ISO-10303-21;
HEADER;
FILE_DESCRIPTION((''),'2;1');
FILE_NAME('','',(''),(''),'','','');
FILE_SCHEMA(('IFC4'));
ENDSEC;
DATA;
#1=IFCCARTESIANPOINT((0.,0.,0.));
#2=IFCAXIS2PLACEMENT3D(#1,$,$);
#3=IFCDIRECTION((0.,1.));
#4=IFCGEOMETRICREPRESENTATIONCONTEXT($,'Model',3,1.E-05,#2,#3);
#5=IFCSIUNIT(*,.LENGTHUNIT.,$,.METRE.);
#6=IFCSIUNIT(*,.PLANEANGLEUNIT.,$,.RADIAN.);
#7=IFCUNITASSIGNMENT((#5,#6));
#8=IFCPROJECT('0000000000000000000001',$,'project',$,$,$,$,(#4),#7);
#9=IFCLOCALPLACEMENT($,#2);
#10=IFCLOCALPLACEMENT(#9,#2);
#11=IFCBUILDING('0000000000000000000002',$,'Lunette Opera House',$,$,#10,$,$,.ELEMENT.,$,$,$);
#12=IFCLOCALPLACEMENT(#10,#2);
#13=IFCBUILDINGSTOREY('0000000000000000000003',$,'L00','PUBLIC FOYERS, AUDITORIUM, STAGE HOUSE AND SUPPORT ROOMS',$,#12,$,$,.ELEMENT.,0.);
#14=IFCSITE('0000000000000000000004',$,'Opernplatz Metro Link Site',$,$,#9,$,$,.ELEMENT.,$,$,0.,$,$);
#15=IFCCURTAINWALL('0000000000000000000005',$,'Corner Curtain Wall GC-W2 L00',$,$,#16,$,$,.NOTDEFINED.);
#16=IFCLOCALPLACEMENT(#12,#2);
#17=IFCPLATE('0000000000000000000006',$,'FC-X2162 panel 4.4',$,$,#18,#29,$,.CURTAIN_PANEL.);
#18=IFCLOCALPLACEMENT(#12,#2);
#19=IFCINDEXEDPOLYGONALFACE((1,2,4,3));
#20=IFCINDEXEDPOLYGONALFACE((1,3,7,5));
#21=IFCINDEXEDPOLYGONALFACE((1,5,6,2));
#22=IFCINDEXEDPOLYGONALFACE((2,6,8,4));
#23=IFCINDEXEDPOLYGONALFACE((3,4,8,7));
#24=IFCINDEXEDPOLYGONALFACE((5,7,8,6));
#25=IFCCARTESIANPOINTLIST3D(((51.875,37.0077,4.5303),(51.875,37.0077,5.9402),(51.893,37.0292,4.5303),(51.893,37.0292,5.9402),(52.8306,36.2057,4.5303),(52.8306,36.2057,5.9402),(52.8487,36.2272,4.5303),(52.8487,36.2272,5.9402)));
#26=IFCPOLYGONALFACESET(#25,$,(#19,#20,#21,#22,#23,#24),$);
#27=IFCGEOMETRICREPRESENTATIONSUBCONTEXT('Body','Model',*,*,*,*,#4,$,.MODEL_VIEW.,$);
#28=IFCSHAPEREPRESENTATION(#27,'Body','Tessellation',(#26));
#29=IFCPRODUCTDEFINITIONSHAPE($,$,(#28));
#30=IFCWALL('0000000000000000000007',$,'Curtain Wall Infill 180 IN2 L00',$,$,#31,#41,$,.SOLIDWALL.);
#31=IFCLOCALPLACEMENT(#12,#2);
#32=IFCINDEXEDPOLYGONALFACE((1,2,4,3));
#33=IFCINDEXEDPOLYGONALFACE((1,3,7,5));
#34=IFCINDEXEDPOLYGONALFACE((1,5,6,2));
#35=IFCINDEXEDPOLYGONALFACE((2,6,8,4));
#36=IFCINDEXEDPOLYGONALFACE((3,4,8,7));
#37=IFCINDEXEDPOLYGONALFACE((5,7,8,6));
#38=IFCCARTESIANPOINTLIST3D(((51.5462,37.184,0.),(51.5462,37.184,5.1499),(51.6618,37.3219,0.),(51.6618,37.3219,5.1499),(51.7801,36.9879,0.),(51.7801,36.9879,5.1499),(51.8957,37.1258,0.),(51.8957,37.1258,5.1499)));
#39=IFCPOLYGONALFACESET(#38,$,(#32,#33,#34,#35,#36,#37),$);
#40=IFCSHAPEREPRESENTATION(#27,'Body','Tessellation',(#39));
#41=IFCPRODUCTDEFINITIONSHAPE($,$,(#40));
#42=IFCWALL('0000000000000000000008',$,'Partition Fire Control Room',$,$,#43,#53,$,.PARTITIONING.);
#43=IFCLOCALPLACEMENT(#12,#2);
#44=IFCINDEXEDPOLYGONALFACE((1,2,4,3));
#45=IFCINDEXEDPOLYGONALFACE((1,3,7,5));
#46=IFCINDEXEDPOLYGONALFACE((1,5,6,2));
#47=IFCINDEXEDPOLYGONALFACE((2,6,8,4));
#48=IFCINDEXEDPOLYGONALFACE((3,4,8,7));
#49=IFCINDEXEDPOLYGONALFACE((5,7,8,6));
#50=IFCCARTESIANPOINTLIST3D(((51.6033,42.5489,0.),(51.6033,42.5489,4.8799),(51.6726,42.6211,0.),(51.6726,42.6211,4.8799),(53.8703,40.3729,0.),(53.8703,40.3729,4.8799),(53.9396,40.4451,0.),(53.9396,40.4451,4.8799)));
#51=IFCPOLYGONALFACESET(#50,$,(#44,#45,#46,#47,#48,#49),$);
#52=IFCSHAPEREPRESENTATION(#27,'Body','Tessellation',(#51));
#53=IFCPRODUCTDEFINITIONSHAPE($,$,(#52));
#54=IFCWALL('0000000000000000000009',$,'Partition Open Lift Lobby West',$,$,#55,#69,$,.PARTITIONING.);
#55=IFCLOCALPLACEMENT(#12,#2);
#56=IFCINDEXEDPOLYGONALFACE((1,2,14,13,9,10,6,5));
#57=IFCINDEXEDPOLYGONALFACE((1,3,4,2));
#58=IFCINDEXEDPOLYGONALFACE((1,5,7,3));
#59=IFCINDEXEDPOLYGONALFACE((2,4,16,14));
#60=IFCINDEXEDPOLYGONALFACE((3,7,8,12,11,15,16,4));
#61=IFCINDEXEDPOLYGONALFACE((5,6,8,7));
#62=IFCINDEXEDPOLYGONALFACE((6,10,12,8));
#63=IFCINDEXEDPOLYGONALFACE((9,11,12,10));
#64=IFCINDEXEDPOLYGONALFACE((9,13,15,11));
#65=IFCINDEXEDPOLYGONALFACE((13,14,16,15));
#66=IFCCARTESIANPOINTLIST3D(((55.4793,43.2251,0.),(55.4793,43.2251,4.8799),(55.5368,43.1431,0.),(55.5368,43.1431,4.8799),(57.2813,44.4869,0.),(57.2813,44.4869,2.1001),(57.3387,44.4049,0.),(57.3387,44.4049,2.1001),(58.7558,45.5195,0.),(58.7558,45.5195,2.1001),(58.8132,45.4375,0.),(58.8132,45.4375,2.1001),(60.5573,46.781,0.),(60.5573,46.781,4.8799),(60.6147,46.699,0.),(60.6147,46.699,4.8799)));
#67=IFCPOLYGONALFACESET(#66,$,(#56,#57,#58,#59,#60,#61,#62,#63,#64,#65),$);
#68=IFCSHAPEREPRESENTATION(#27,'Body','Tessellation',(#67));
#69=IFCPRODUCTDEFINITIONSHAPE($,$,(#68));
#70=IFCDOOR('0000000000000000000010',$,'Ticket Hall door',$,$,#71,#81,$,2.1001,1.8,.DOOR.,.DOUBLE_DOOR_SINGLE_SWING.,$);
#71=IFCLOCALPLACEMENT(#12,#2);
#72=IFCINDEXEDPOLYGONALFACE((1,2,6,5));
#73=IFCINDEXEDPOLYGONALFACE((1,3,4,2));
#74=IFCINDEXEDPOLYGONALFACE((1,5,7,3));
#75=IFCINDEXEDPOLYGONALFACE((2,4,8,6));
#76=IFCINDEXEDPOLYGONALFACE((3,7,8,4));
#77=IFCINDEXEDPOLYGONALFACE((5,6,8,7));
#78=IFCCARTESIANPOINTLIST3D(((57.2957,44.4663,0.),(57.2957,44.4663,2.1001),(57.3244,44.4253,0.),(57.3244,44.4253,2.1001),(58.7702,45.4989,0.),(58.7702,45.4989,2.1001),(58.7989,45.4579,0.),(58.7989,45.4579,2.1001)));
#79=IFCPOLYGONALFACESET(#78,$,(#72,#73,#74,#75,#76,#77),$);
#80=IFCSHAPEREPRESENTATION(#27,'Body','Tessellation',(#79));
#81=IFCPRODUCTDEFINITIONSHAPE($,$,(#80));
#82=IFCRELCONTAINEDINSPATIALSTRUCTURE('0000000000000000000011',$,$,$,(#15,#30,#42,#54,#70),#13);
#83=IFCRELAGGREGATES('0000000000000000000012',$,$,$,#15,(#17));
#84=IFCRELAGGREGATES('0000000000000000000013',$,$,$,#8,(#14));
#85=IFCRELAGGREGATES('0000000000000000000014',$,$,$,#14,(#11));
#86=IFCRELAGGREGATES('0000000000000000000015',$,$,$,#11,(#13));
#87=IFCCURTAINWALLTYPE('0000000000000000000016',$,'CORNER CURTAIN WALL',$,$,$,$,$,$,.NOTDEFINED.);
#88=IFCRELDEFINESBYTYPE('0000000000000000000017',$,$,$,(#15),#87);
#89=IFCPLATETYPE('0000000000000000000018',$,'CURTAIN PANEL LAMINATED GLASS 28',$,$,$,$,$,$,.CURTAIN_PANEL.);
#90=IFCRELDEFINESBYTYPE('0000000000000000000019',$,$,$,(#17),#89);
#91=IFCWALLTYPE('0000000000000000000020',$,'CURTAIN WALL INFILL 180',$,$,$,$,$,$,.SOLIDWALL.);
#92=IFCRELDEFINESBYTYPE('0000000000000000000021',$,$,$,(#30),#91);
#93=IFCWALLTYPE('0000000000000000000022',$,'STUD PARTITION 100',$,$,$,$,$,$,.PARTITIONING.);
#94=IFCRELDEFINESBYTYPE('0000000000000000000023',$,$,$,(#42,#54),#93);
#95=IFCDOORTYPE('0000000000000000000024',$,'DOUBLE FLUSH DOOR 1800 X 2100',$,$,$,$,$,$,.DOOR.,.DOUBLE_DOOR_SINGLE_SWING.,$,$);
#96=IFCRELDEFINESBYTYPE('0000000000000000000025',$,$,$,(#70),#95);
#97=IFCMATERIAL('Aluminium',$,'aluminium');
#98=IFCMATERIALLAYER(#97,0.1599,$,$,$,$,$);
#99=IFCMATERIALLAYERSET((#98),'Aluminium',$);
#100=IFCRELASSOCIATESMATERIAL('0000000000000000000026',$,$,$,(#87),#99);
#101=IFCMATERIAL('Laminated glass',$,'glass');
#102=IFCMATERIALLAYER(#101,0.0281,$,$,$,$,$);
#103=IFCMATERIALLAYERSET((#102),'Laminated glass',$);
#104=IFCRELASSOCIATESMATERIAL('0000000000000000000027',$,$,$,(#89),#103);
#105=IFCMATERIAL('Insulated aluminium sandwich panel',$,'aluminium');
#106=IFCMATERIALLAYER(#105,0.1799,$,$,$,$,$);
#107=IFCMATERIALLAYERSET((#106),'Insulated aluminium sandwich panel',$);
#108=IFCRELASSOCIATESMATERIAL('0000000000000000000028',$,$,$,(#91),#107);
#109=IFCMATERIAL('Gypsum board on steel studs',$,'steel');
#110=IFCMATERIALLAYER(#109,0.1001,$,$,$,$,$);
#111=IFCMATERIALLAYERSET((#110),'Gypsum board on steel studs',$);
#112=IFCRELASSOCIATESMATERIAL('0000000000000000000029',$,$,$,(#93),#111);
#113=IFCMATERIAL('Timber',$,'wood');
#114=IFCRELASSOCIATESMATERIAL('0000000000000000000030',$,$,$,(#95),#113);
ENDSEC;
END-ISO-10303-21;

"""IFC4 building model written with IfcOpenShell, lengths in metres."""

from ifc_helpers import new_model, si_unit, direction, frame, frame_2d, origin, origin_2d, place, context, subcontext, project, spatial, rectangle, extrude, material, layer, layer_set, type_object, element, fill, aggregate, save


model = new_model("IFC4")

# Units and contexts
model_context = context("Model", 3, precision=1e-05, world=origin(), true_north=direction((0.0, 1.0)))
body_context = subcontext(model_context, "Body", "Model", "MODEL_VIEW")
ifc_project = project(units=[si_unit("LENGTHUNIT", "METRE"), si_unit("PLANEANGLEUNIT", "RADIAN")], contexts=[model_context])

# Site, building, storey
site_placement = place(None, origin())
site = spatial("IfcSite", under=ifc_project, at=site_placement, Name="Opernplatz Metro Link Site", CompositionType="ELEMENT", RefElevation=0.0)
building_placement = place(site_placement, origin())
building = spatial("IfcBuilding", under=site, at=building_placement, Name="Lunette Opera House", CompositionType="ELEMENT")
storey_placement = place(building_placement, origin())
storey = spatial("IfcBuildingStorey", under=building, at=storey_placement, Name="L00", Description="PUBLIC FOYERS, AUDITORIUM, STAGE HOUSE AND SUPPORT ROOMS", CompositionType="ELEMENT", Elevation=0.0)

# Curtain wall
ifc_material_1 = material(Name="Aluminium", Category="aluminium")
ifc_layer_1 = layer(ifc_material_1, 0.1599)
ifc_layer_set_1 = layer_set([ifc_layer_1], Name="Aluminium")
curtain_wall_type = type_object("IfcCurtainWallType", Name="CORNER CURTAIN WALL", PredefinedType="NOTDEFINED", material=ifc_layer_set_1)
curtain_wall_placement = place(storey_placement, origin())
curtain_wall = element("IfcCurtainWall", 1, at=curtain_wall_placement, inside=storey, type_object=curtain_wall_type, Name="Corner Curtain Wall GC-W2 L00", PredefinedType="NOTDEFINED")

# Plate
ifc_material_2 = material(Name="Laminated glass", Category="glass")
ifc_layer_2 = layer(ifc_material_2, 0.0281)
ifc_layer_set_2 = layer_set([ifc_layer_2], Name="Laminated glass")
plate_type = type_object("IfcPlateType", Name="CURTAIN PANEL LAMINATED GLASS 28", PredefinedType="CURTAIN_PANEL", material=ifc_layer_set_2)
plate_1_placement = place(storey_placement, frame((52.3618, 36.6174, 4.5303), z_axis=(0.0, 0.0, 1.0), x_axis=(-0.76601, 0.642828, 0.0)))
plate_1 = element("IfcPlate", 2, at=plate_1_placement, type_object=plate_type, Name="FC-X2162 panel 4.4", PredefinedType="CURTAIN_PANEL", context=body_context, shape_type="SweptSolid", body=[
    extrude(rectangle(XDim=1.2476, YDim=0.0281, at=origin_2d()), origin(), (0.0, 0.0, 1.0), 1.4099),
])
aggregate(curtain_wall, [plate_1])

# Walls
ifc_material_3 = material(Name="Insulated aluminium sandwich panel", Category="aluminium")
ifc_layer_3 = layer(ifc_material_3, 0.1799)
ifc_layer_set_3 = layer_set([ifc_layer_3], Name="Insulated aluminium sandwich panel")
wall_type_1 = type_object("IfcWallType", Name="CURTAIN WALL INFILL 180", PredefinedType="SOLIDWALL", material=ifc_layer_set_3)
wall_1_placement = place(storey_placement, frame((51.8379, 37.0569, 0.0), z_axis=(0.0, 0.0, 1.0), x_axis=(-0.766382, 0.642385, 0.0)))
element("IfcWall", 3, at=wall_1_placement, inside=storey, type_object=wall_type_1, Name="Curtain Wall Infill 180 IN2 L00", PredefinedType="SOLIDWALL", context=body_context, shape_type="SweptSolid", body=[
    extrude(rectangle(XDim=0.3052, YDim=0.1799, at=frame_2d((0.1526, 0.0))), origin(), (0.0, 0.0, 1.0), 5.1499),
])
ifc_material_4 = material(Name="Gypsum board on steel studs", Category="steel")
ifc_layer_4 = layer(ifc_material_4, 0.1001)
ifc_layer_set_4 = layer_set([ifc_layer_4], Name="Gypsum board on steel studs")
wall_type_2 = type_object("IfcWallType", Name="STUD PARTITION 100", PredefinedType="PARTITIONING", material=ifc_layer_set_4)
wall_2_placement = place(storey_placement, frame((53.905, 40.4089, 0.0), z_axis=(0.0, 0.0, 1.0), x_axis=(-0.721448, 0.692469, 0.0)))
element("IfcWall", 4, at=wall_2_placement, inside=storey, type_object=wall_type_2, Name="Partition Fire Control Room", PredefinedType="PARTITIONING", context=body_context, shape_type="SweptSolid", body=[
    extrude(rectangle(XDim=3.1423, YDim=0.1001, at=frame_2d((1.5713, 0.0))), origin(), (0.0, 0.0, 1.0), 4.8799),
])

# Wall, opening, door
wall_3_placement = place(storey_placement, frame((55.5081, 43.1841, 0.0), z_axis=(0.0, 0.0, 1.0), x_axis=(0.819126, 0.573613, 0.0)))
wall_3 = element("IfcWall", 5, at=wall_3_placement, inside=storey, type_object=wall_type_2, Name="Partition Open Lift Lobby West", PredefinedType="PARTITIONING", context=body_context, shape_type="SweptSolid", body=[
    extrude(rectangle(XDim=6.1992, YDim=0.1001, at=frame_2d((3.0996, 0.0))), origin(), (0.0, 0.0, 1.0), 4.8799),
])
opening_placement = place(wall_3_placement, frame((2.2, 0.0, 0.0)))
opening = element("IfcOpeningElement", 6, at=opening_placement, cuts=wall_3, PredefinedType="OPENING", context=body_context, shape_type="SweptSolid", body=[
    extrude(rectangle(XDim=1.8, YDim=2.1001, at=frame_2d((0.8999, 1.05))), frame((0.0, 0.062, 0.0), z_axis=(0.0, -1.0, 0.0), x_axis=(1.0, 0.0, 0.0)), (0.0, 0.0, 1.0), 0.124),
])
ifc_material_5 = material(Name="Timber", Category="wood")
door_type = type_object("IfcDoorType", Name="DOUBLE FLUSH DOOR 1800 X 2100", OperationType="DOUBLE_DOOR_SINGLE_SWING", PredefinedType="DOOR", material=ifc_material_5)
door_placement = place(opening_placement, origin())
door = element("IfcDoor", 7, at=door_placement, inside=storey, type_object=door_type, Name="Ticket Hall door", OperationType="DOUBLE_DOOR_SINGLE_SWING", OverallHeight=2.1001, OverallWidth=1.8, PredefinedType="DOOR", context=body_context, shape_type="SweptSolid", body=[
    extrude(rectangle(XDim=1.8, YDim=2.1001, at=frame_2d((0.8999, 1.05))), frame((0.0, 0.0249, 0.0), z_axis=(0.0, -1.0, 0.0), x_axis=(1.0, 0.0, 0.0)), (0.0, 0.0, 1.0), 0.05),
])
fill(opening, door)

save(model, "model.ifc")
